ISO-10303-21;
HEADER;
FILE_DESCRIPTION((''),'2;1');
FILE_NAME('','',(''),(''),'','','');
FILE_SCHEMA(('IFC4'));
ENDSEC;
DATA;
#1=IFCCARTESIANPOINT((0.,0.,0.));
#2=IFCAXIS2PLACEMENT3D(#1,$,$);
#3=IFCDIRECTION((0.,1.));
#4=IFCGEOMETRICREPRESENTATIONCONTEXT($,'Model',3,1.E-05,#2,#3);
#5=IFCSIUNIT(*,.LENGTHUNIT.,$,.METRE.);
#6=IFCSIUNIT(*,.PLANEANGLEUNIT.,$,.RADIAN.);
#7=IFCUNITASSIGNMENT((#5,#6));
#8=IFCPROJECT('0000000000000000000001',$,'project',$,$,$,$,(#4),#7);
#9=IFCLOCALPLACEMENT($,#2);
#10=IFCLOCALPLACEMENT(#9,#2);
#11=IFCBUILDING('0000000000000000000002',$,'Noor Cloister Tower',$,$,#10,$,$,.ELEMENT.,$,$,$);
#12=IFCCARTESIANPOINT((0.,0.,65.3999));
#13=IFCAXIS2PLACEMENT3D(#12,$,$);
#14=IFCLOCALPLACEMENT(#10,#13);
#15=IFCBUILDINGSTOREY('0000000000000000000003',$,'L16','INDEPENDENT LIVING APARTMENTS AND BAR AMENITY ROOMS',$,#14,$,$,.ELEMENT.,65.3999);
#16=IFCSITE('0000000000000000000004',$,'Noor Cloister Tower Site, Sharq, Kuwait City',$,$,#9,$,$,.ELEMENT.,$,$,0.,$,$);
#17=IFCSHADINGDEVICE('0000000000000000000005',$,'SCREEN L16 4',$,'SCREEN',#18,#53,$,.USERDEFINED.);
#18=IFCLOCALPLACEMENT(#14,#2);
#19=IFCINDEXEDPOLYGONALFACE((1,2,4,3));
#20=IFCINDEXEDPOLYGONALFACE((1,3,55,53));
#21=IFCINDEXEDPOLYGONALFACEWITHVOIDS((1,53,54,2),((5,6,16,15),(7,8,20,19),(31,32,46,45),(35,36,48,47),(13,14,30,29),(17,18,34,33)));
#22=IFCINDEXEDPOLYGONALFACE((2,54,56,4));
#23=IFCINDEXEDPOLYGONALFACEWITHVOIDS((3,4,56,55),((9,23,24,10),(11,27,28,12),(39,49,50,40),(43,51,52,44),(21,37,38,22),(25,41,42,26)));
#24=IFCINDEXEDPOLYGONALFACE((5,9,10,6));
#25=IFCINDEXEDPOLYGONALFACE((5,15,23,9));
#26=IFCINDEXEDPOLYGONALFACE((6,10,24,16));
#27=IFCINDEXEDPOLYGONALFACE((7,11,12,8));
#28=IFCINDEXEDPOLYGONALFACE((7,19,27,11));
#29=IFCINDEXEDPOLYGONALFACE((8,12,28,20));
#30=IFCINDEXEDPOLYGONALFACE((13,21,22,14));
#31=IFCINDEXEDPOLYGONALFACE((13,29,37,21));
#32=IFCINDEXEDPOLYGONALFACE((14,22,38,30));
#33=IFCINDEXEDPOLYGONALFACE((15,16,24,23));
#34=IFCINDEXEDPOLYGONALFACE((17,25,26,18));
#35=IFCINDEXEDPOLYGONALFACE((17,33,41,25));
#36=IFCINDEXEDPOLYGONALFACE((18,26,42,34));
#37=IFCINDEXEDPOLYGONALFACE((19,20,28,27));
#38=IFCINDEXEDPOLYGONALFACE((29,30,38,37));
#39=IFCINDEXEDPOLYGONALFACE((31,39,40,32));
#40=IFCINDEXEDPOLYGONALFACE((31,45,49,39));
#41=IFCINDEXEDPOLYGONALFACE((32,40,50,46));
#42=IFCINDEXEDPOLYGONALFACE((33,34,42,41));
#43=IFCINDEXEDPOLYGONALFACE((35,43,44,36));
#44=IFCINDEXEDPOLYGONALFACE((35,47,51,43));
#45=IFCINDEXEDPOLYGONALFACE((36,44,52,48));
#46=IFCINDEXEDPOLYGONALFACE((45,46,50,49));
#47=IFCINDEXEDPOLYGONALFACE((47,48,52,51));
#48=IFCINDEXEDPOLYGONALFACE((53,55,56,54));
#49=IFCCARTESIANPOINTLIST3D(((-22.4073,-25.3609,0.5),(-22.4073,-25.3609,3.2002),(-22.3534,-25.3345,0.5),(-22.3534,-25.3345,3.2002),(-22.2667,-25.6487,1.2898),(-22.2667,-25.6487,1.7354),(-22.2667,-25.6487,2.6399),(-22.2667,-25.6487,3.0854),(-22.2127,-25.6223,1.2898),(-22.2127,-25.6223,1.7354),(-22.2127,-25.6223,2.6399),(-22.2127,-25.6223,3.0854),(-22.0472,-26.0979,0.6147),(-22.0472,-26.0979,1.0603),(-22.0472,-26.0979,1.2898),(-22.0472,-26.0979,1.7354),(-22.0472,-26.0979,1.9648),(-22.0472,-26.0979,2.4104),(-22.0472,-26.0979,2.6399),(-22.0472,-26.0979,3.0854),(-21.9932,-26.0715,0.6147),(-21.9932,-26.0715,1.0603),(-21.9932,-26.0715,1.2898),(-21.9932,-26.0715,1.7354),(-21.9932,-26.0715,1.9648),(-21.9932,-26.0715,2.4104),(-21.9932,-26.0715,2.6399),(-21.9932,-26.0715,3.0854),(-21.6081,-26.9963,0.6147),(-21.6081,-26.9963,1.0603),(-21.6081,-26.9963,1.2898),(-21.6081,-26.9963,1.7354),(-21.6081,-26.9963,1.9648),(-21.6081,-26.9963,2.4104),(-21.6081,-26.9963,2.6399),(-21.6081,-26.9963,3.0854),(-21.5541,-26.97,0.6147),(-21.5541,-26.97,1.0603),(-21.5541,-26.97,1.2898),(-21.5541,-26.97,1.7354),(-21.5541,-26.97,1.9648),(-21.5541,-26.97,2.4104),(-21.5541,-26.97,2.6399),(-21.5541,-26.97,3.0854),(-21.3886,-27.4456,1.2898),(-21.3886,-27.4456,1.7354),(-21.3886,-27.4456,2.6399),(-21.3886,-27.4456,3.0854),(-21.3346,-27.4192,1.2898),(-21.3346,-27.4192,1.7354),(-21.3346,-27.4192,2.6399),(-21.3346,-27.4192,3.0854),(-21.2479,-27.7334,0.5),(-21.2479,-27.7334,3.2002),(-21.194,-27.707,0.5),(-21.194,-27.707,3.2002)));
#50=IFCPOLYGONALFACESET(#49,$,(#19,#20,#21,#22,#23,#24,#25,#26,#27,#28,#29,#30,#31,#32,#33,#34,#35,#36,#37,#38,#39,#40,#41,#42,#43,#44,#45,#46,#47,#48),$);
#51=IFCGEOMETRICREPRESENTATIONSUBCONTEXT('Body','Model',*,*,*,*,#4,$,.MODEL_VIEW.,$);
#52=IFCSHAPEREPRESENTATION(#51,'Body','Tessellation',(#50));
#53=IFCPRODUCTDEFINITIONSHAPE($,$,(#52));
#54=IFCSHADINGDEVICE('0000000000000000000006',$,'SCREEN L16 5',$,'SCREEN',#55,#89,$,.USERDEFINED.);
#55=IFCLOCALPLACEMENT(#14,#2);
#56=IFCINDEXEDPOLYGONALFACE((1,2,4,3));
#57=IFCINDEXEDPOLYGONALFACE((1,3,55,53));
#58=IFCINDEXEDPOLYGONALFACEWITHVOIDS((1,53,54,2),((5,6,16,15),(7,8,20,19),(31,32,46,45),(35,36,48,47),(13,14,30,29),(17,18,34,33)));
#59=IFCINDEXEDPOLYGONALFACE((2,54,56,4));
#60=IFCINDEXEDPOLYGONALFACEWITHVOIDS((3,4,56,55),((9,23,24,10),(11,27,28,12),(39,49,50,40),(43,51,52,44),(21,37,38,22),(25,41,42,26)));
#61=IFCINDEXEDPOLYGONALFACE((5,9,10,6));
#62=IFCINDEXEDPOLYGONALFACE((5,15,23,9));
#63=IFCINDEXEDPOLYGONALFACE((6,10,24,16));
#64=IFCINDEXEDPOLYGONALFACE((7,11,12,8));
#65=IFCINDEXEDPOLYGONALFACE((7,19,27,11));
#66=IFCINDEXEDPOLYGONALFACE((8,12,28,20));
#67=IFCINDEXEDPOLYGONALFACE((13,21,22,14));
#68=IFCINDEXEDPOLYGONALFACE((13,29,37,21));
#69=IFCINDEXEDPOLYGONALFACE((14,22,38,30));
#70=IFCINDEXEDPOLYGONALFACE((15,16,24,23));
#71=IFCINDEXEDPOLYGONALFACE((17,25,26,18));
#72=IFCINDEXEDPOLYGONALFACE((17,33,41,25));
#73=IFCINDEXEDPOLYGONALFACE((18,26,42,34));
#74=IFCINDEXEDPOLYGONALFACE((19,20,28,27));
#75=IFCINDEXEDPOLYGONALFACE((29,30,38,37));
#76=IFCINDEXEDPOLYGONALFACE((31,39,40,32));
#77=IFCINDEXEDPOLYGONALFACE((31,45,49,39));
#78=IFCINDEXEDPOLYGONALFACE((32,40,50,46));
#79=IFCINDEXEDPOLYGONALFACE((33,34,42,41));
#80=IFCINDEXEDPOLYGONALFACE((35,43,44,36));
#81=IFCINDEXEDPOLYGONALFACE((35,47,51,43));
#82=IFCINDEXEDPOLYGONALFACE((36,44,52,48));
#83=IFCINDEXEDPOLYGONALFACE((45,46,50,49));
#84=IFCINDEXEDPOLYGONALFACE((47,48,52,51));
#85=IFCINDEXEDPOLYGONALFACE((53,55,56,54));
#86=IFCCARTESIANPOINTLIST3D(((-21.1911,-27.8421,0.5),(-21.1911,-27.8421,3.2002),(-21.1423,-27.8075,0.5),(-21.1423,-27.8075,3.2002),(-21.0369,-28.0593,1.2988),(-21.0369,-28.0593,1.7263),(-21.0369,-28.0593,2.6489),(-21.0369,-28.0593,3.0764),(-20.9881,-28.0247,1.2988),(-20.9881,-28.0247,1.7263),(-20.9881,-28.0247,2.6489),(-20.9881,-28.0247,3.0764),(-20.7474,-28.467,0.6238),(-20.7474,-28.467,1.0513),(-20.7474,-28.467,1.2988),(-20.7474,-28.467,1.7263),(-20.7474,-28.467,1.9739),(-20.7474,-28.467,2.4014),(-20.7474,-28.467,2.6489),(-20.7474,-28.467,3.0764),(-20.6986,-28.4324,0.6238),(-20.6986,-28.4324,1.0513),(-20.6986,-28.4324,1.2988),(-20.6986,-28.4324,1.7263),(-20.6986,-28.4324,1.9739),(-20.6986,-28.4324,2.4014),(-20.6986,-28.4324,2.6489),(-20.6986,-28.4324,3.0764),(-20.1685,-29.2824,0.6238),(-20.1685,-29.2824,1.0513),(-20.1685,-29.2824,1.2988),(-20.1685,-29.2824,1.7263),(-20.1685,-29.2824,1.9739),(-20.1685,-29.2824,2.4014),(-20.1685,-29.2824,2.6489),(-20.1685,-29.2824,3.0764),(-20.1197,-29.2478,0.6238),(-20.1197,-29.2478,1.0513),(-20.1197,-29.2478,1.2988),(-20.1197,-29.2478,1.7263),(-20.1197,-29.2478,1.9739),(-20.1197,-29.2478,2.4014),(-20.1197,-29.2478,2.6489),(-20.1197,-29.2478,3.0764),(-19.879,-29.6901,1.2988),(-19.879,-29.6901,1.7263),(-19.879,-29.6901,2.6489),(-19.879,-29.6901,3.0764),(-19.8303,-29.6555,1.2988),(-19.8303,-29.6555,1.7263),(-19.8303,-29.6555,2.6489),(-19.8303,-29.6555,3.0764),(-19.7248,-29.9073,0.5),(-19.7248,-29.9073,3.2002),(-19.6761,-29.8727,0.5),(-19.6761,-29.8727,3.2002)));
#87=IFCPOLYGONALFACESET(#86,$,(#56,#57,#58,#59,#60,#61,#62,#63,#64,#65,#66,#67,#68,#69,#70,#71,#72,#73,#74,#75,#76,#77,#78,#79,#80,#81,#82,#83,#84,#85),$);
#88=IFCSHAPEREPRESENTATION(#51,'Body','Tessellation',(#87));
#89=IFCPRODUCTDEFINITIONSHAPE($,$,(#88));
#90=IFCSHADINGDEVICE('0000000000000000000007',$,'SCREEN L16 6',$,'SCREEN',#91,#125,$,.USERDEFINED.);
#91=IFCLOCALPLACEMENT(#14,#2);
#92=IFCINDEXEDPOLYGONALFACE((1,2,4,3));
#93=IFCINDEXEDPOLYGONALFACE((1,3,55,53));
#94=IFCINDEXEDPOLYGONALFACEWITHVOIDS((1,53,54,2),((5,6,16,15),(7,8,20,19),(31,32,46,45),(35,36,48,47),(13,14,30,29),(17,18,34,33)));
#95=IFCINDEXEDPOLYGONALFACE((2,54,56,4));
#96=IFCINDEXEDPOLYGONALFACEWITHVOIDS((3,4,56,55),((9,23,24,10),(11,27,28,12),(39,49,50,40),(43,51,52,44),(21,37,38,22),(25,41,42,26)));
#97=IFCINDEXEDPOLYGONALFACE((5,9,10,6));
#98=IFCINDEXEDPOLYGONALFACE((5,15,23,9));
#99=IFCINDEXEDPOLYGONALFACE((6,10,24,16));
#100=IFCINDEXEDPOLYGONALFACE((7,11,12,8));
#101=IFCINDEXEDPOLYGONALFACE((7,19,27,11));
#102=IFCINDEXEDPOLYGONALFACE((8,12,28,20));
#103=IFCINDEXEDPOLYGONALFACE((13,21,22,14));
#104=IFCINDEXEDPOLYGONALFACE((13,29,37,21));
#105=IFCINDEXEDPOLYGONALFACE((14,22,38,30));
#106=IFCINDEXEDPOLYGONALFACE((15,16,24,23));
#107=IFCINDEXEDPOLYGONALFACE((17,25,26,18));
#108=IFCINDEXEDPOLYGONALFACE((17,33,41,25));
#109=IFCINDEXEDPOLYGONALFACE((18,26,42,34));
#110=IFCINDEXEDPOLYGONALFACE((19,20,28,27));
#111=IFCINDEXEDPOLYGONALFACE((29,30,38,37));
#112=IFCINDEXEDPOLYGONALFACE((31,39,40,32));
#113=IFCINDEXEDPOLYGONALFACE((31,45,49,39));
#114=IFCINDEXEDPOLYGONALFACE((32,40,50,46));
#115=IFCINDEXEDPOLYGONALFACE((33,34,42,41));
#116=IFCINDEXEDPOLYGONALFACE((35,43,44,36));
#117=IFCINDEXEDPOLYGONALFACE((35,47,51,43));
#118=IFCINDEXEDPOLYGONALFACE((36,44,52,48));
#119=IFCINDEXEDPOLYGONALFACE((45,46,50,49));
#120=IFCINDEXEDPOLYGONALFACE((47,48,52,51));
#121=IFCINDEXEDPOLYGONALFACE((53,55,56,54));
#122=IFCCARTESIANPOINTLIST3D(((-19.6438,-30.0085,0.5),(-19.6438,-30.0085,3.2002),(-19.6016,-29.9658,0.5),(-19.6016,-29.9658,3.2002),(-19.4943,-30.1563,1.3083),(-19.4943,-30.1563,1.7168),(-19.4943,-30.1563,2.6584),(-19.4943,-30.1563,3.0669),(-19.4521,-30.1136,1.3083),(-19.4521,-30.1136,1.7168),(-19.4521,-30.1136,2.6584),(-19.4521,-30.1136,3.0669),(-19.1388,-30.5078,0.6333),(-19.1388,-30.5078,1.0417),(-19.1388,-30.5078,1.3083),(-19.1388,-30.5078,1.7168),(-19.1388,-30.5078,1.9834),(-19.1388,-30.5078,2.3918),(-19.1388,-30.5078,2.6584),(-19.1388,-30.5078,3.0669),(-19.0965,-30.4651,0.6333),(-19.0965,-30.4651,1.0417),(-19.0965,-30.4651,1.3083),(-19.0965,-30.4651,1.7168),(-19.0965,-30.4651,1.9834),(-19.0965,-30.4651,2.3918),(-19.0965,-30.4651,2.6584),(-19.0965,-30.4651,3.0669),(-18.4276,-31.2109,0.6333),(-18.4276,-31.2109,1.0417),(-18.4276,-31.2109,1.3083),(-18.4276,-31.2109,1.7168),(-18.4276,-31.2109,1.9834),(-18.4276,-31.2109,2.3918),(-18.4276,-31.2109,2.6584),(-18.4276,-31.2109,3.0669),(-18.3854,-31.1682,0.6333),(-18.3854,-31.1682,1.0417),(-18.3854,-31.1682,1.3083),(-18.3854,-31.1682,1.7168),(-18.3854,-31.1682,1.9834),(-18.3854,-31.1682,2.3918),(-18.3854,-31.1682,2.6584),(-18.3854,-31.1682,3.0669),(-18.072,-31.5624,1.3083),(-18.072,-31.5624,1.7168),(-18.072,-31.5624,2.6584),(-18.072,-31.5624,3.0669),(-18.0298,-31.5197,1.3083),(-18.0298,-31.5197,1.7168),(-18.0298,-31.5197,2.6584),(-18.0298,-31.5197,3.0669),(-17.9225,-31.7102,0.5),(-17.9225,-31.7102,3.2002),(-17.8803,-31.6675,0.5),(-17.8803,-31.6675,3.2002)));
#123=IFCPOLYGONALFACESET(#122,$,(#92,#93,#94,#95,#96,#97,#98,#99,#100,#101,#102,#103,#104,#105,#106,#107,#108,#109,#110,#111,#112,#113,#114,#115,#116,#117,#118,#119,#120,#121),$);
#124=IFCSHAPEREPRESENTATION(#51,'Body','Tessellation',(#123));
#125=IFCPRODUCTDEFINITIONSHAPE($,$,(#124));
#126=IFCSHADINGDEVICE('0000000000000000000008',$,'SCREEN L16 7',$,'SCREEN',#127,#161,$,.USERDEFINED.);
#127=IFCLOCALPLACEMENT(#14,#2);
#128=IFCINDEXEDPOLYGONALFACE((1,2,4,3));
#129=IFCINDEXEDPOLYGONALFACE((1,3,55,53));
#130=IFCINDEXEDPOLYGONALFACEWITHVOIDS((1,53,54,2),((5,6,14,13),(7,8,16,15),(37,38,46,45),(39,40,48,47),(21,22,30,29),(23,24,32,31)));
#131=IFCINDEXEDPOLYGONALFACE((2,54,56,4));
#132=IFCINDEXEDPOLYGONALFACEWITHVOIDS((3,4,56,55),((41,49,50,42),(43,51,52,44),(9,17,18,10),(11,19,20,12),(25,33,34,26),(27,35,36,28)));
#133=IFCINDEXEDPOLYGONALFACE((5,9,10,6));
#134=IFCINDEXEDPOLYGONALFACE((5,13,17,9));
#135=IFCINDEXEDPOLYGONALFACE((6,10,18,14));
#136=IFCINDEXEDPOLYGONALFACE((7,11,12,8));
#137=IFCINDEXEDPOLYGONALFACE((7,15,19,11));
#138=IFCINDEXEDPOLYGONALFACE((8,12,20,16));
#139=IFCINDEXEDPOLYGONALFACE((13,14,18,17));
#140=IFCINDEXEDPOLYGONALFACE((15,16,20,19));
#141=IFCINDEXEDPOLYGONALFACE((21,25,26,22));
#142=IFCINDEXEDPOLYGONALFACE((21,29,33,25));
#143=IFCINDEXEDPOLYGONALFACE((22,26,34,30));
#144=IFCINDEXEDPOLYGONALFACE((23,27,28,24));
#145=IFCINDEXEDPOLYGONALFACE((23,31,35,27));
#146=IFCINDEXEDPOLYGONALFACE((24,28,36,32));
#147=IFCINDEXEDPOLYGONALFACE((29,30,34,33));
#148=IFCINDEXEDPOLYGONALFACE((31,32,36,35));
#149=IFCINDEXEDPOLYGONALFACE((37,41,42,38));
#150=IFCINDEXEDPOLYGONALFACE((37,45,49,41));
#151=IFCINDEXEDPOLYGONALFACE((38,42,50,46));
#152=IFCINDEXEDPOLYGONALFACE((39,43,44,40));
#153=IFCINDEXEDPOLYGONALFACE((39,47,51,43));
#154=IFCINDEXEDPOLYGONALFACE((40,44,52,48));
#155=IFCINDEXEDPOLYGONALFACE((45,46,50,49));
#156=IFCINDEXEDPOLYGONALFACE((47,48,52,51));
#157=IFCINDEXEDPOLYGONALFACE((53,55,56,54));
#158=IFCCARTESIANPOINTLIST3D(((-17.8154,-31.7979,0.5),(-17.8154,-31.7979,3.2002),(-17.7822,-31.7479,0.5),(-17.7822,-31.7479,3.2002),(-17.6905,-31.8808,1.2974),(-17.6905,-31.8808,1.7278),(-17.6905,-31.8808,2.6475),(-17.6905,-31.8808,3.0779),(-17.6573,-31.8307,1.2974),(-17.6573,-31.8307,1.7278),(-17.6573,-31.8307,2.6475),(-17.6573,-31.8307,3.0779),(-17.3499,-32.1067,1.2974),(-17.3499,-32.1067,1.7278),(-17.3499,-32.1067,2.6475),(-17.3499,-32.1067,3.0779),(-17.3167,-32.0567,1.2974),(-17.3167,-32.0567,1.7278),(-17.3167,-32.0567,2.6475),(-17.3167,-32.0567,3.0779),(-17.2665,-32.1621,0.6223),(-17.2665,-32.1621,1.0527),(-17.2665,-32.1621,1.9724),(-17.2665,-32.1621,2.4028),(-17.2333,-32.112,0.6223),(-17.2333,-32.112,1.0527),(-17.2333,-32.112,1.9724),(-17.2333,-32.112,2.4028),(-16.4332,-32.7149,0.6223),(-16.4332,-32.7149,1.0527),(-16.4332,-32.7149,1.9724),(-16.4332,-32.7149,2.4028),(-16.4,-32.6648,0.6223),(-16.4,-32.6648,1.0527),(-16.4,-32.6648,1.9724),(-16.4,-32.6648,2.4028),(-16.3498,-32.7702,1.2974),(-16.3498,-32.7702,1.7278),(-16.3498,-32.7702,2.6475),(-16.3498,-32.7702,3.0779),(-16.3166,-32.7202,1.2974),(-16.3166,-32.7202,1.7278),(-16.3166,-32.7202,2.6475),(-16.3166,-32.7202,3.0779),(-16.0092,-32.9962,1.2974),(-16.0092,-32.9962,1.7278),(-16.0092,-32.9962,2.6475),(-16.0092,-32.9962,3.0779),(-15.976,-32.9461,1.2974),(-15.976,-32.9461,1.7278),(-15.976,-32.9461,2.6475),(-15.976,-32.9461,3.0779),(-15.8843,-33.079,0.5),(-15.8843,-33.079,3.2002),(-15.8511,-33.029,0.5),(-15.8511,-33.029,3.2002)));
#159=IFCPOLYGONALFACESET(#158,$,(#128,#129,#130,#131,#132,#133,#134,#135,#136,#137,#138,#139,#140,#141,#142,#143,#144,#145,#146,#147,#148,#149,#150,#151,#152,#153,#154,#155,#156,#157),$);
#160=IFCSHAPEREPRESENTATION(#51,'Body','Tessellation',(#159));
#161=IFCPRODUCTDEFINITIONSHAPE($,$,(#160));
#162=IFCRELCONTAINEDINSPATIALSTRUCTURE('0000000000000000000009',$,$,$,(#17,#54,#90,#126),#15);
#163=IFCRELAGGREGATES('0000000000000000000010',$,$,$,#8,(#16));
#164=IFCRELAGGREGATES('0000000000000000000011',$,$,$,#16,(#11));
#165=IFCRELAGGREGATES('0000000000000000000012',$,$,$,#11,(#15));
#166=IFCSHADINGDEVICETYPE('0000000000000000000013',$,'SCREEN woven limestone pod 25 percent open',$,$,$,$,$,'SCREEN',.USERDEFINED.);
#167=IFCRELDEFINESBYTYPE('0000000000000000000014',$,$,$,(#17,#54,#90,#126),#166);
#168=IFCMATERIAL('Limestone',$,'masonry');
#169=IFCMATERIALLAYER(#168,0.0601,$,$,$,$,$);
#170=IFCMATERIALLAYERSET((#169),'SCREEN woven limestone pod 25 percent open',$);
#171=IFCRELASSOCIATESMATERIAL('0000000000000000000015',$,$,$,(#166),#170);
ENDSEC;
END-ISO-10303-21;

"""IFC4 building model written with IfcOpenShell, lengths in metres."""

from ifc_helpers import new_model, si_unit, direction, frame, origin, place, context, subcontext, project, spatial, polyline, outline, extrude, material, layer, layer_set, type_object, element, save


model = new_model("IFC4")

# Units and contexts
model_context = context("Model", 3, precision=1e-05, world=origin(), true_north=direction((0.0, 1.0)))
body_context = subcontext(model_context, "Body", "Model", "MODEL_VIEW")
ifc_project = project(units=[si_unit("LENGTHUNIT", "METRE"), si_unit("PLANEANGLEUNIT", "RADIAN")], contexts=[model_context])

# Site, building, storey
site_placement = place(None, origin())
site = spatial("IfcSite", under=ifc_project, at=site_placement, Name="Noor Cloister Tower Site, Sharq, Kuwait City", CompositionType="ELEMENT", RefElevation=0.0)
building_placement = place(site_placement, origin())
building = spatial("IfcBuilding", under=site, at=building_placement, Name="Noor Cloister Tower", CompositionType="ELEMENT")
storey_placement = place(building_placement, frame((0.0, 0.0, 65.3999)))
storey = spatial("IfcBuildingStorey", under=building, at=storey_placement, Name="L16", Description="INDEPENDENT LIVING APARTMENTS AND BAR AMENITY ROOMS", CompositionType="ELEMENT", Elevation=65.3999)

# Shading devices
ifc_material_1 = material(Name="Limestone", Category="masonry")
ifc_layer_1 = layer(ifc_material_1, 0.0601)
ifc_layer_set_1 = layer_set([ifc_layer_1], Name="SCREEN woven limestone pod 25 percent open")
shading_device_type = type_object("IfcShadingDeviceType", Name="SCREEN woven limestone pod 25 percent open", ElementType="SCREEN", PredefinedType="USERDEFINED", material=ifc_layer_set_1)
shading_device_1_placement = place(storey_placement, frame((-21.7737, -26.5208, 1.8501), z_axis=(-0.898456, -0.439064, 0.0), x_axis=(0.439064, -0.898456, 0.0)))
element("IfcShadingDevice", 1, at=shading_device_1_placement, inside=storey, type_object=shading_device_type, Name="SCREEN L16 4", ObjectType="SCREEN", PredefinedType="USERDEFINED", context=body_context, shape_type="SweptSolid", body=[
    extrude(outline(polyline([(-1.3203, -1.3501), (1.3203, -1.3501), (1.3203, 1.3501), (-1.3203, 1.3501), (-1.3203, -1.3501)]), holes=[polyline([(-0.5, -1.2354), (0.5, -1.2354), (0.5, -0.7898), (-0.5, -0.7898), (-0.5, -1.2354)]), polyline([(-1.0, -0.5603), (-0.5, -0.5603), (-0.5, -0.1147), (-1.0, -0.1147), (-1.0, -0.5603)]), polyline([(0.5, -0.5603), (1.0, -0.5603), (1.0, -0.1147), (0.5, -0.1147), (0.5, -0.5603)]), polyline([(-0.5, 0.1147), (0.5, 0.1147), (0.5, 0.5603), (-0.5, 0.5603), (-0.5, 0.1147)]), polyline([(-1.0, 0.7898), (-0.5, 0.7898), (-0.5, 1.2354), (-1.0, 1.2354), (-1.0, 0.7898)]), polyline([(0.5, 0.7898), (1.0, 0.7898), (1.0, 1.2354), (0.5, 1.2354), (0.5, 0.7898)])]), origin(), (0.0, 0.0, 1.0), 0.0601),
])
shading_device_2_placement = place(storey_placement, frame((-20.4092, -28.8401, 1.8501), z_axis=(-0.815383, -0.578922, 0.0), x_axis=(0.578922, -0.815383, 0.0)))
element("IfcShadingDevice", 2, at=shading_device_2_placement, inside=storey, type_object=shading_device_type, Name="SCREEN L16 5", ObjectType="SCREEN", PredefinedType="USERDEFINED", context=body_context, shape_type="SweptSolid", body=[
    extrude(outline(polyline([(-1.2664, -1.3501), (1.2664, -1.3501), (1.2664, 1.3501), (-1.2664, 1.3501), (-1.2664, -1.3501)]), holes=[polyline([(-0.5, -1.2263), (0.5, -1.2263), (0.5, -0.7988), (-0.5, -0.7988), (-0.5, -1.2263)]), polyline([(-1.0, -0.5513), (-0.5, -0.5513), (-0.5, -0.1238), (-1.0, -0.1238), (-1.0, -0.5513)]), polyline([(0.5, -0.5513), (1.0, -0.5513), (1.0, -0.1238), (0.5, -0.1238), (0.5, -0.5513)]), polyline([(-0.5, 0.1238), (0.5, 0.1238), (0.5, 0.5513), (-0.5, 0.5513), (-0.5, 0.1238)]), polyline([(-1.0, 0.7988), (-0.5, 0.7988), (-0.5, 1.2263), (-1.0, 1.2263), (-1.0, 0.7988)]), polyline([(0.5, 0.7988), (1.0, 0.7988), (1.0, 1.2263), (0.5, 1.2263), (0.5, 0.7988)])]), origin(), (0.0, 0.0, 1.0), 0.0598),
])
shading_device_3_placement = place(storey_placement, frame((-18.741, -30.8167, 1.8501), z_axis=(-0.703031, -0.711159, 0.0), x_axis=(0.711159, -0.703031, 0.0)))
element("IfcShadingDevice", 3, at=shading_device_3_placement, inside=storey, type_object=shading_device_type, Name="SCREEN L16 6", ObjectType="SCREEN", PredefinedType="USERDEFINED", context=body_context, shape_type="SweptSolid", body=[
    extrude(outline(polyline([(-1.2102, -1.3501), (1.2102, -1.3501), (1.2102, 1.3501), (-1.2102, 1.3501), (-1.2102, -1.3501)]), holes=[polyline([(-0.5, -1.2168), (0.5, -1.2168), (0.5, -0.8083), (-0.5, -0.8083), (-0.5, -1.2168)]), polyline([(-1.0, -0.5417), (-0.5, -0.5417), (-0.5, -0.1333), (-1.0, -0.1333), (-1.0, -0.5417)]), polyline([(0.5, -0.5417), (1.0, -0.5417), (1.0, -0.1333), (0.5, -0.1333), (0.5, -0.5417)]), polyline([(-0.5, 0.1333), (0.5, 0.1333), (0.5, 0.5417), (-0.5, 0.5417), (-0.5, 0.1333)]), polyline([(-1.0, 0.8083), (-0.5, 0.8083), (-0.5, 1.2168), (-1.0, 1.2168), (-1.0, 0.8083)]), polyline([(0.5, 0.8083), (1.0, 0.8083), (1.0, 1.2168), (0.5, 1.2168), (0.5, 0.8083)])]), origin(), (0.0, 0.0, 1.0), 0.0601),
])
shading_device_4_placement = place(storey_placement, frame((-16.8167, -32.3884, 1.8501), z_axis=(-0.552823, -0.833299, 0.0), x_axis=(0.833299, -0.552823, 0.0)))
element("IfcShadingDevice", 4, at=shading_device_4_placement, inside=storey, type_object=shading_device_type, Name="SCREEN L16 7", ObjectType="SCREEN", PredefinedType="USERDEFINED", context=body_context, shape_type="SweptSolid", body=[
    extrude(outline(polyline([(-1.1587, -1.3501), (1.1587, -1.3501), (1.1587, 1.3501), (-1.1587, 1.3501), (-1.1587, -1.3501)]), holes=[polyline([(-0.5, -1.2278), (0.5, -1.2278), (0.5, -0.7974), (-0.5, -0.7974), (-0.5, -1.2278)]), polyline([(0.6001, -0.5527), (1.0088, -0.5527), (1.0088, -0.1223), (0.6001, -0.1223), (0.6001, -0.5527)]), polyline([(-1.0088, -0.5527), (-0.6001, -0.5527), (-0.6001, -0.1223), (-1.0088, -0.1223), (-1.0088, -0.5527)]), polyline([(-0.5, 0.1223), (0.5, 0.1223), (0.5, 0.5527), (-0.5, 0.5527), (-0.5, 0.1223)]), polyline([(0.6001, 0.7974), (1.0088, 0.7974), (1.0088, 1.2278), (0.6001, 1.2278), (0.6001, 0.7974)]), polyline([(-1.0088, 0.7974), (-0.6001, 0.7974), (-0.6001, 1.2278), (-1.0088, 1.2278), (-1.0088, 0.7974)])]), origin(), (0.0, 0.0, 1.0), 0.0601),
])

save(model, "model.ifc")
